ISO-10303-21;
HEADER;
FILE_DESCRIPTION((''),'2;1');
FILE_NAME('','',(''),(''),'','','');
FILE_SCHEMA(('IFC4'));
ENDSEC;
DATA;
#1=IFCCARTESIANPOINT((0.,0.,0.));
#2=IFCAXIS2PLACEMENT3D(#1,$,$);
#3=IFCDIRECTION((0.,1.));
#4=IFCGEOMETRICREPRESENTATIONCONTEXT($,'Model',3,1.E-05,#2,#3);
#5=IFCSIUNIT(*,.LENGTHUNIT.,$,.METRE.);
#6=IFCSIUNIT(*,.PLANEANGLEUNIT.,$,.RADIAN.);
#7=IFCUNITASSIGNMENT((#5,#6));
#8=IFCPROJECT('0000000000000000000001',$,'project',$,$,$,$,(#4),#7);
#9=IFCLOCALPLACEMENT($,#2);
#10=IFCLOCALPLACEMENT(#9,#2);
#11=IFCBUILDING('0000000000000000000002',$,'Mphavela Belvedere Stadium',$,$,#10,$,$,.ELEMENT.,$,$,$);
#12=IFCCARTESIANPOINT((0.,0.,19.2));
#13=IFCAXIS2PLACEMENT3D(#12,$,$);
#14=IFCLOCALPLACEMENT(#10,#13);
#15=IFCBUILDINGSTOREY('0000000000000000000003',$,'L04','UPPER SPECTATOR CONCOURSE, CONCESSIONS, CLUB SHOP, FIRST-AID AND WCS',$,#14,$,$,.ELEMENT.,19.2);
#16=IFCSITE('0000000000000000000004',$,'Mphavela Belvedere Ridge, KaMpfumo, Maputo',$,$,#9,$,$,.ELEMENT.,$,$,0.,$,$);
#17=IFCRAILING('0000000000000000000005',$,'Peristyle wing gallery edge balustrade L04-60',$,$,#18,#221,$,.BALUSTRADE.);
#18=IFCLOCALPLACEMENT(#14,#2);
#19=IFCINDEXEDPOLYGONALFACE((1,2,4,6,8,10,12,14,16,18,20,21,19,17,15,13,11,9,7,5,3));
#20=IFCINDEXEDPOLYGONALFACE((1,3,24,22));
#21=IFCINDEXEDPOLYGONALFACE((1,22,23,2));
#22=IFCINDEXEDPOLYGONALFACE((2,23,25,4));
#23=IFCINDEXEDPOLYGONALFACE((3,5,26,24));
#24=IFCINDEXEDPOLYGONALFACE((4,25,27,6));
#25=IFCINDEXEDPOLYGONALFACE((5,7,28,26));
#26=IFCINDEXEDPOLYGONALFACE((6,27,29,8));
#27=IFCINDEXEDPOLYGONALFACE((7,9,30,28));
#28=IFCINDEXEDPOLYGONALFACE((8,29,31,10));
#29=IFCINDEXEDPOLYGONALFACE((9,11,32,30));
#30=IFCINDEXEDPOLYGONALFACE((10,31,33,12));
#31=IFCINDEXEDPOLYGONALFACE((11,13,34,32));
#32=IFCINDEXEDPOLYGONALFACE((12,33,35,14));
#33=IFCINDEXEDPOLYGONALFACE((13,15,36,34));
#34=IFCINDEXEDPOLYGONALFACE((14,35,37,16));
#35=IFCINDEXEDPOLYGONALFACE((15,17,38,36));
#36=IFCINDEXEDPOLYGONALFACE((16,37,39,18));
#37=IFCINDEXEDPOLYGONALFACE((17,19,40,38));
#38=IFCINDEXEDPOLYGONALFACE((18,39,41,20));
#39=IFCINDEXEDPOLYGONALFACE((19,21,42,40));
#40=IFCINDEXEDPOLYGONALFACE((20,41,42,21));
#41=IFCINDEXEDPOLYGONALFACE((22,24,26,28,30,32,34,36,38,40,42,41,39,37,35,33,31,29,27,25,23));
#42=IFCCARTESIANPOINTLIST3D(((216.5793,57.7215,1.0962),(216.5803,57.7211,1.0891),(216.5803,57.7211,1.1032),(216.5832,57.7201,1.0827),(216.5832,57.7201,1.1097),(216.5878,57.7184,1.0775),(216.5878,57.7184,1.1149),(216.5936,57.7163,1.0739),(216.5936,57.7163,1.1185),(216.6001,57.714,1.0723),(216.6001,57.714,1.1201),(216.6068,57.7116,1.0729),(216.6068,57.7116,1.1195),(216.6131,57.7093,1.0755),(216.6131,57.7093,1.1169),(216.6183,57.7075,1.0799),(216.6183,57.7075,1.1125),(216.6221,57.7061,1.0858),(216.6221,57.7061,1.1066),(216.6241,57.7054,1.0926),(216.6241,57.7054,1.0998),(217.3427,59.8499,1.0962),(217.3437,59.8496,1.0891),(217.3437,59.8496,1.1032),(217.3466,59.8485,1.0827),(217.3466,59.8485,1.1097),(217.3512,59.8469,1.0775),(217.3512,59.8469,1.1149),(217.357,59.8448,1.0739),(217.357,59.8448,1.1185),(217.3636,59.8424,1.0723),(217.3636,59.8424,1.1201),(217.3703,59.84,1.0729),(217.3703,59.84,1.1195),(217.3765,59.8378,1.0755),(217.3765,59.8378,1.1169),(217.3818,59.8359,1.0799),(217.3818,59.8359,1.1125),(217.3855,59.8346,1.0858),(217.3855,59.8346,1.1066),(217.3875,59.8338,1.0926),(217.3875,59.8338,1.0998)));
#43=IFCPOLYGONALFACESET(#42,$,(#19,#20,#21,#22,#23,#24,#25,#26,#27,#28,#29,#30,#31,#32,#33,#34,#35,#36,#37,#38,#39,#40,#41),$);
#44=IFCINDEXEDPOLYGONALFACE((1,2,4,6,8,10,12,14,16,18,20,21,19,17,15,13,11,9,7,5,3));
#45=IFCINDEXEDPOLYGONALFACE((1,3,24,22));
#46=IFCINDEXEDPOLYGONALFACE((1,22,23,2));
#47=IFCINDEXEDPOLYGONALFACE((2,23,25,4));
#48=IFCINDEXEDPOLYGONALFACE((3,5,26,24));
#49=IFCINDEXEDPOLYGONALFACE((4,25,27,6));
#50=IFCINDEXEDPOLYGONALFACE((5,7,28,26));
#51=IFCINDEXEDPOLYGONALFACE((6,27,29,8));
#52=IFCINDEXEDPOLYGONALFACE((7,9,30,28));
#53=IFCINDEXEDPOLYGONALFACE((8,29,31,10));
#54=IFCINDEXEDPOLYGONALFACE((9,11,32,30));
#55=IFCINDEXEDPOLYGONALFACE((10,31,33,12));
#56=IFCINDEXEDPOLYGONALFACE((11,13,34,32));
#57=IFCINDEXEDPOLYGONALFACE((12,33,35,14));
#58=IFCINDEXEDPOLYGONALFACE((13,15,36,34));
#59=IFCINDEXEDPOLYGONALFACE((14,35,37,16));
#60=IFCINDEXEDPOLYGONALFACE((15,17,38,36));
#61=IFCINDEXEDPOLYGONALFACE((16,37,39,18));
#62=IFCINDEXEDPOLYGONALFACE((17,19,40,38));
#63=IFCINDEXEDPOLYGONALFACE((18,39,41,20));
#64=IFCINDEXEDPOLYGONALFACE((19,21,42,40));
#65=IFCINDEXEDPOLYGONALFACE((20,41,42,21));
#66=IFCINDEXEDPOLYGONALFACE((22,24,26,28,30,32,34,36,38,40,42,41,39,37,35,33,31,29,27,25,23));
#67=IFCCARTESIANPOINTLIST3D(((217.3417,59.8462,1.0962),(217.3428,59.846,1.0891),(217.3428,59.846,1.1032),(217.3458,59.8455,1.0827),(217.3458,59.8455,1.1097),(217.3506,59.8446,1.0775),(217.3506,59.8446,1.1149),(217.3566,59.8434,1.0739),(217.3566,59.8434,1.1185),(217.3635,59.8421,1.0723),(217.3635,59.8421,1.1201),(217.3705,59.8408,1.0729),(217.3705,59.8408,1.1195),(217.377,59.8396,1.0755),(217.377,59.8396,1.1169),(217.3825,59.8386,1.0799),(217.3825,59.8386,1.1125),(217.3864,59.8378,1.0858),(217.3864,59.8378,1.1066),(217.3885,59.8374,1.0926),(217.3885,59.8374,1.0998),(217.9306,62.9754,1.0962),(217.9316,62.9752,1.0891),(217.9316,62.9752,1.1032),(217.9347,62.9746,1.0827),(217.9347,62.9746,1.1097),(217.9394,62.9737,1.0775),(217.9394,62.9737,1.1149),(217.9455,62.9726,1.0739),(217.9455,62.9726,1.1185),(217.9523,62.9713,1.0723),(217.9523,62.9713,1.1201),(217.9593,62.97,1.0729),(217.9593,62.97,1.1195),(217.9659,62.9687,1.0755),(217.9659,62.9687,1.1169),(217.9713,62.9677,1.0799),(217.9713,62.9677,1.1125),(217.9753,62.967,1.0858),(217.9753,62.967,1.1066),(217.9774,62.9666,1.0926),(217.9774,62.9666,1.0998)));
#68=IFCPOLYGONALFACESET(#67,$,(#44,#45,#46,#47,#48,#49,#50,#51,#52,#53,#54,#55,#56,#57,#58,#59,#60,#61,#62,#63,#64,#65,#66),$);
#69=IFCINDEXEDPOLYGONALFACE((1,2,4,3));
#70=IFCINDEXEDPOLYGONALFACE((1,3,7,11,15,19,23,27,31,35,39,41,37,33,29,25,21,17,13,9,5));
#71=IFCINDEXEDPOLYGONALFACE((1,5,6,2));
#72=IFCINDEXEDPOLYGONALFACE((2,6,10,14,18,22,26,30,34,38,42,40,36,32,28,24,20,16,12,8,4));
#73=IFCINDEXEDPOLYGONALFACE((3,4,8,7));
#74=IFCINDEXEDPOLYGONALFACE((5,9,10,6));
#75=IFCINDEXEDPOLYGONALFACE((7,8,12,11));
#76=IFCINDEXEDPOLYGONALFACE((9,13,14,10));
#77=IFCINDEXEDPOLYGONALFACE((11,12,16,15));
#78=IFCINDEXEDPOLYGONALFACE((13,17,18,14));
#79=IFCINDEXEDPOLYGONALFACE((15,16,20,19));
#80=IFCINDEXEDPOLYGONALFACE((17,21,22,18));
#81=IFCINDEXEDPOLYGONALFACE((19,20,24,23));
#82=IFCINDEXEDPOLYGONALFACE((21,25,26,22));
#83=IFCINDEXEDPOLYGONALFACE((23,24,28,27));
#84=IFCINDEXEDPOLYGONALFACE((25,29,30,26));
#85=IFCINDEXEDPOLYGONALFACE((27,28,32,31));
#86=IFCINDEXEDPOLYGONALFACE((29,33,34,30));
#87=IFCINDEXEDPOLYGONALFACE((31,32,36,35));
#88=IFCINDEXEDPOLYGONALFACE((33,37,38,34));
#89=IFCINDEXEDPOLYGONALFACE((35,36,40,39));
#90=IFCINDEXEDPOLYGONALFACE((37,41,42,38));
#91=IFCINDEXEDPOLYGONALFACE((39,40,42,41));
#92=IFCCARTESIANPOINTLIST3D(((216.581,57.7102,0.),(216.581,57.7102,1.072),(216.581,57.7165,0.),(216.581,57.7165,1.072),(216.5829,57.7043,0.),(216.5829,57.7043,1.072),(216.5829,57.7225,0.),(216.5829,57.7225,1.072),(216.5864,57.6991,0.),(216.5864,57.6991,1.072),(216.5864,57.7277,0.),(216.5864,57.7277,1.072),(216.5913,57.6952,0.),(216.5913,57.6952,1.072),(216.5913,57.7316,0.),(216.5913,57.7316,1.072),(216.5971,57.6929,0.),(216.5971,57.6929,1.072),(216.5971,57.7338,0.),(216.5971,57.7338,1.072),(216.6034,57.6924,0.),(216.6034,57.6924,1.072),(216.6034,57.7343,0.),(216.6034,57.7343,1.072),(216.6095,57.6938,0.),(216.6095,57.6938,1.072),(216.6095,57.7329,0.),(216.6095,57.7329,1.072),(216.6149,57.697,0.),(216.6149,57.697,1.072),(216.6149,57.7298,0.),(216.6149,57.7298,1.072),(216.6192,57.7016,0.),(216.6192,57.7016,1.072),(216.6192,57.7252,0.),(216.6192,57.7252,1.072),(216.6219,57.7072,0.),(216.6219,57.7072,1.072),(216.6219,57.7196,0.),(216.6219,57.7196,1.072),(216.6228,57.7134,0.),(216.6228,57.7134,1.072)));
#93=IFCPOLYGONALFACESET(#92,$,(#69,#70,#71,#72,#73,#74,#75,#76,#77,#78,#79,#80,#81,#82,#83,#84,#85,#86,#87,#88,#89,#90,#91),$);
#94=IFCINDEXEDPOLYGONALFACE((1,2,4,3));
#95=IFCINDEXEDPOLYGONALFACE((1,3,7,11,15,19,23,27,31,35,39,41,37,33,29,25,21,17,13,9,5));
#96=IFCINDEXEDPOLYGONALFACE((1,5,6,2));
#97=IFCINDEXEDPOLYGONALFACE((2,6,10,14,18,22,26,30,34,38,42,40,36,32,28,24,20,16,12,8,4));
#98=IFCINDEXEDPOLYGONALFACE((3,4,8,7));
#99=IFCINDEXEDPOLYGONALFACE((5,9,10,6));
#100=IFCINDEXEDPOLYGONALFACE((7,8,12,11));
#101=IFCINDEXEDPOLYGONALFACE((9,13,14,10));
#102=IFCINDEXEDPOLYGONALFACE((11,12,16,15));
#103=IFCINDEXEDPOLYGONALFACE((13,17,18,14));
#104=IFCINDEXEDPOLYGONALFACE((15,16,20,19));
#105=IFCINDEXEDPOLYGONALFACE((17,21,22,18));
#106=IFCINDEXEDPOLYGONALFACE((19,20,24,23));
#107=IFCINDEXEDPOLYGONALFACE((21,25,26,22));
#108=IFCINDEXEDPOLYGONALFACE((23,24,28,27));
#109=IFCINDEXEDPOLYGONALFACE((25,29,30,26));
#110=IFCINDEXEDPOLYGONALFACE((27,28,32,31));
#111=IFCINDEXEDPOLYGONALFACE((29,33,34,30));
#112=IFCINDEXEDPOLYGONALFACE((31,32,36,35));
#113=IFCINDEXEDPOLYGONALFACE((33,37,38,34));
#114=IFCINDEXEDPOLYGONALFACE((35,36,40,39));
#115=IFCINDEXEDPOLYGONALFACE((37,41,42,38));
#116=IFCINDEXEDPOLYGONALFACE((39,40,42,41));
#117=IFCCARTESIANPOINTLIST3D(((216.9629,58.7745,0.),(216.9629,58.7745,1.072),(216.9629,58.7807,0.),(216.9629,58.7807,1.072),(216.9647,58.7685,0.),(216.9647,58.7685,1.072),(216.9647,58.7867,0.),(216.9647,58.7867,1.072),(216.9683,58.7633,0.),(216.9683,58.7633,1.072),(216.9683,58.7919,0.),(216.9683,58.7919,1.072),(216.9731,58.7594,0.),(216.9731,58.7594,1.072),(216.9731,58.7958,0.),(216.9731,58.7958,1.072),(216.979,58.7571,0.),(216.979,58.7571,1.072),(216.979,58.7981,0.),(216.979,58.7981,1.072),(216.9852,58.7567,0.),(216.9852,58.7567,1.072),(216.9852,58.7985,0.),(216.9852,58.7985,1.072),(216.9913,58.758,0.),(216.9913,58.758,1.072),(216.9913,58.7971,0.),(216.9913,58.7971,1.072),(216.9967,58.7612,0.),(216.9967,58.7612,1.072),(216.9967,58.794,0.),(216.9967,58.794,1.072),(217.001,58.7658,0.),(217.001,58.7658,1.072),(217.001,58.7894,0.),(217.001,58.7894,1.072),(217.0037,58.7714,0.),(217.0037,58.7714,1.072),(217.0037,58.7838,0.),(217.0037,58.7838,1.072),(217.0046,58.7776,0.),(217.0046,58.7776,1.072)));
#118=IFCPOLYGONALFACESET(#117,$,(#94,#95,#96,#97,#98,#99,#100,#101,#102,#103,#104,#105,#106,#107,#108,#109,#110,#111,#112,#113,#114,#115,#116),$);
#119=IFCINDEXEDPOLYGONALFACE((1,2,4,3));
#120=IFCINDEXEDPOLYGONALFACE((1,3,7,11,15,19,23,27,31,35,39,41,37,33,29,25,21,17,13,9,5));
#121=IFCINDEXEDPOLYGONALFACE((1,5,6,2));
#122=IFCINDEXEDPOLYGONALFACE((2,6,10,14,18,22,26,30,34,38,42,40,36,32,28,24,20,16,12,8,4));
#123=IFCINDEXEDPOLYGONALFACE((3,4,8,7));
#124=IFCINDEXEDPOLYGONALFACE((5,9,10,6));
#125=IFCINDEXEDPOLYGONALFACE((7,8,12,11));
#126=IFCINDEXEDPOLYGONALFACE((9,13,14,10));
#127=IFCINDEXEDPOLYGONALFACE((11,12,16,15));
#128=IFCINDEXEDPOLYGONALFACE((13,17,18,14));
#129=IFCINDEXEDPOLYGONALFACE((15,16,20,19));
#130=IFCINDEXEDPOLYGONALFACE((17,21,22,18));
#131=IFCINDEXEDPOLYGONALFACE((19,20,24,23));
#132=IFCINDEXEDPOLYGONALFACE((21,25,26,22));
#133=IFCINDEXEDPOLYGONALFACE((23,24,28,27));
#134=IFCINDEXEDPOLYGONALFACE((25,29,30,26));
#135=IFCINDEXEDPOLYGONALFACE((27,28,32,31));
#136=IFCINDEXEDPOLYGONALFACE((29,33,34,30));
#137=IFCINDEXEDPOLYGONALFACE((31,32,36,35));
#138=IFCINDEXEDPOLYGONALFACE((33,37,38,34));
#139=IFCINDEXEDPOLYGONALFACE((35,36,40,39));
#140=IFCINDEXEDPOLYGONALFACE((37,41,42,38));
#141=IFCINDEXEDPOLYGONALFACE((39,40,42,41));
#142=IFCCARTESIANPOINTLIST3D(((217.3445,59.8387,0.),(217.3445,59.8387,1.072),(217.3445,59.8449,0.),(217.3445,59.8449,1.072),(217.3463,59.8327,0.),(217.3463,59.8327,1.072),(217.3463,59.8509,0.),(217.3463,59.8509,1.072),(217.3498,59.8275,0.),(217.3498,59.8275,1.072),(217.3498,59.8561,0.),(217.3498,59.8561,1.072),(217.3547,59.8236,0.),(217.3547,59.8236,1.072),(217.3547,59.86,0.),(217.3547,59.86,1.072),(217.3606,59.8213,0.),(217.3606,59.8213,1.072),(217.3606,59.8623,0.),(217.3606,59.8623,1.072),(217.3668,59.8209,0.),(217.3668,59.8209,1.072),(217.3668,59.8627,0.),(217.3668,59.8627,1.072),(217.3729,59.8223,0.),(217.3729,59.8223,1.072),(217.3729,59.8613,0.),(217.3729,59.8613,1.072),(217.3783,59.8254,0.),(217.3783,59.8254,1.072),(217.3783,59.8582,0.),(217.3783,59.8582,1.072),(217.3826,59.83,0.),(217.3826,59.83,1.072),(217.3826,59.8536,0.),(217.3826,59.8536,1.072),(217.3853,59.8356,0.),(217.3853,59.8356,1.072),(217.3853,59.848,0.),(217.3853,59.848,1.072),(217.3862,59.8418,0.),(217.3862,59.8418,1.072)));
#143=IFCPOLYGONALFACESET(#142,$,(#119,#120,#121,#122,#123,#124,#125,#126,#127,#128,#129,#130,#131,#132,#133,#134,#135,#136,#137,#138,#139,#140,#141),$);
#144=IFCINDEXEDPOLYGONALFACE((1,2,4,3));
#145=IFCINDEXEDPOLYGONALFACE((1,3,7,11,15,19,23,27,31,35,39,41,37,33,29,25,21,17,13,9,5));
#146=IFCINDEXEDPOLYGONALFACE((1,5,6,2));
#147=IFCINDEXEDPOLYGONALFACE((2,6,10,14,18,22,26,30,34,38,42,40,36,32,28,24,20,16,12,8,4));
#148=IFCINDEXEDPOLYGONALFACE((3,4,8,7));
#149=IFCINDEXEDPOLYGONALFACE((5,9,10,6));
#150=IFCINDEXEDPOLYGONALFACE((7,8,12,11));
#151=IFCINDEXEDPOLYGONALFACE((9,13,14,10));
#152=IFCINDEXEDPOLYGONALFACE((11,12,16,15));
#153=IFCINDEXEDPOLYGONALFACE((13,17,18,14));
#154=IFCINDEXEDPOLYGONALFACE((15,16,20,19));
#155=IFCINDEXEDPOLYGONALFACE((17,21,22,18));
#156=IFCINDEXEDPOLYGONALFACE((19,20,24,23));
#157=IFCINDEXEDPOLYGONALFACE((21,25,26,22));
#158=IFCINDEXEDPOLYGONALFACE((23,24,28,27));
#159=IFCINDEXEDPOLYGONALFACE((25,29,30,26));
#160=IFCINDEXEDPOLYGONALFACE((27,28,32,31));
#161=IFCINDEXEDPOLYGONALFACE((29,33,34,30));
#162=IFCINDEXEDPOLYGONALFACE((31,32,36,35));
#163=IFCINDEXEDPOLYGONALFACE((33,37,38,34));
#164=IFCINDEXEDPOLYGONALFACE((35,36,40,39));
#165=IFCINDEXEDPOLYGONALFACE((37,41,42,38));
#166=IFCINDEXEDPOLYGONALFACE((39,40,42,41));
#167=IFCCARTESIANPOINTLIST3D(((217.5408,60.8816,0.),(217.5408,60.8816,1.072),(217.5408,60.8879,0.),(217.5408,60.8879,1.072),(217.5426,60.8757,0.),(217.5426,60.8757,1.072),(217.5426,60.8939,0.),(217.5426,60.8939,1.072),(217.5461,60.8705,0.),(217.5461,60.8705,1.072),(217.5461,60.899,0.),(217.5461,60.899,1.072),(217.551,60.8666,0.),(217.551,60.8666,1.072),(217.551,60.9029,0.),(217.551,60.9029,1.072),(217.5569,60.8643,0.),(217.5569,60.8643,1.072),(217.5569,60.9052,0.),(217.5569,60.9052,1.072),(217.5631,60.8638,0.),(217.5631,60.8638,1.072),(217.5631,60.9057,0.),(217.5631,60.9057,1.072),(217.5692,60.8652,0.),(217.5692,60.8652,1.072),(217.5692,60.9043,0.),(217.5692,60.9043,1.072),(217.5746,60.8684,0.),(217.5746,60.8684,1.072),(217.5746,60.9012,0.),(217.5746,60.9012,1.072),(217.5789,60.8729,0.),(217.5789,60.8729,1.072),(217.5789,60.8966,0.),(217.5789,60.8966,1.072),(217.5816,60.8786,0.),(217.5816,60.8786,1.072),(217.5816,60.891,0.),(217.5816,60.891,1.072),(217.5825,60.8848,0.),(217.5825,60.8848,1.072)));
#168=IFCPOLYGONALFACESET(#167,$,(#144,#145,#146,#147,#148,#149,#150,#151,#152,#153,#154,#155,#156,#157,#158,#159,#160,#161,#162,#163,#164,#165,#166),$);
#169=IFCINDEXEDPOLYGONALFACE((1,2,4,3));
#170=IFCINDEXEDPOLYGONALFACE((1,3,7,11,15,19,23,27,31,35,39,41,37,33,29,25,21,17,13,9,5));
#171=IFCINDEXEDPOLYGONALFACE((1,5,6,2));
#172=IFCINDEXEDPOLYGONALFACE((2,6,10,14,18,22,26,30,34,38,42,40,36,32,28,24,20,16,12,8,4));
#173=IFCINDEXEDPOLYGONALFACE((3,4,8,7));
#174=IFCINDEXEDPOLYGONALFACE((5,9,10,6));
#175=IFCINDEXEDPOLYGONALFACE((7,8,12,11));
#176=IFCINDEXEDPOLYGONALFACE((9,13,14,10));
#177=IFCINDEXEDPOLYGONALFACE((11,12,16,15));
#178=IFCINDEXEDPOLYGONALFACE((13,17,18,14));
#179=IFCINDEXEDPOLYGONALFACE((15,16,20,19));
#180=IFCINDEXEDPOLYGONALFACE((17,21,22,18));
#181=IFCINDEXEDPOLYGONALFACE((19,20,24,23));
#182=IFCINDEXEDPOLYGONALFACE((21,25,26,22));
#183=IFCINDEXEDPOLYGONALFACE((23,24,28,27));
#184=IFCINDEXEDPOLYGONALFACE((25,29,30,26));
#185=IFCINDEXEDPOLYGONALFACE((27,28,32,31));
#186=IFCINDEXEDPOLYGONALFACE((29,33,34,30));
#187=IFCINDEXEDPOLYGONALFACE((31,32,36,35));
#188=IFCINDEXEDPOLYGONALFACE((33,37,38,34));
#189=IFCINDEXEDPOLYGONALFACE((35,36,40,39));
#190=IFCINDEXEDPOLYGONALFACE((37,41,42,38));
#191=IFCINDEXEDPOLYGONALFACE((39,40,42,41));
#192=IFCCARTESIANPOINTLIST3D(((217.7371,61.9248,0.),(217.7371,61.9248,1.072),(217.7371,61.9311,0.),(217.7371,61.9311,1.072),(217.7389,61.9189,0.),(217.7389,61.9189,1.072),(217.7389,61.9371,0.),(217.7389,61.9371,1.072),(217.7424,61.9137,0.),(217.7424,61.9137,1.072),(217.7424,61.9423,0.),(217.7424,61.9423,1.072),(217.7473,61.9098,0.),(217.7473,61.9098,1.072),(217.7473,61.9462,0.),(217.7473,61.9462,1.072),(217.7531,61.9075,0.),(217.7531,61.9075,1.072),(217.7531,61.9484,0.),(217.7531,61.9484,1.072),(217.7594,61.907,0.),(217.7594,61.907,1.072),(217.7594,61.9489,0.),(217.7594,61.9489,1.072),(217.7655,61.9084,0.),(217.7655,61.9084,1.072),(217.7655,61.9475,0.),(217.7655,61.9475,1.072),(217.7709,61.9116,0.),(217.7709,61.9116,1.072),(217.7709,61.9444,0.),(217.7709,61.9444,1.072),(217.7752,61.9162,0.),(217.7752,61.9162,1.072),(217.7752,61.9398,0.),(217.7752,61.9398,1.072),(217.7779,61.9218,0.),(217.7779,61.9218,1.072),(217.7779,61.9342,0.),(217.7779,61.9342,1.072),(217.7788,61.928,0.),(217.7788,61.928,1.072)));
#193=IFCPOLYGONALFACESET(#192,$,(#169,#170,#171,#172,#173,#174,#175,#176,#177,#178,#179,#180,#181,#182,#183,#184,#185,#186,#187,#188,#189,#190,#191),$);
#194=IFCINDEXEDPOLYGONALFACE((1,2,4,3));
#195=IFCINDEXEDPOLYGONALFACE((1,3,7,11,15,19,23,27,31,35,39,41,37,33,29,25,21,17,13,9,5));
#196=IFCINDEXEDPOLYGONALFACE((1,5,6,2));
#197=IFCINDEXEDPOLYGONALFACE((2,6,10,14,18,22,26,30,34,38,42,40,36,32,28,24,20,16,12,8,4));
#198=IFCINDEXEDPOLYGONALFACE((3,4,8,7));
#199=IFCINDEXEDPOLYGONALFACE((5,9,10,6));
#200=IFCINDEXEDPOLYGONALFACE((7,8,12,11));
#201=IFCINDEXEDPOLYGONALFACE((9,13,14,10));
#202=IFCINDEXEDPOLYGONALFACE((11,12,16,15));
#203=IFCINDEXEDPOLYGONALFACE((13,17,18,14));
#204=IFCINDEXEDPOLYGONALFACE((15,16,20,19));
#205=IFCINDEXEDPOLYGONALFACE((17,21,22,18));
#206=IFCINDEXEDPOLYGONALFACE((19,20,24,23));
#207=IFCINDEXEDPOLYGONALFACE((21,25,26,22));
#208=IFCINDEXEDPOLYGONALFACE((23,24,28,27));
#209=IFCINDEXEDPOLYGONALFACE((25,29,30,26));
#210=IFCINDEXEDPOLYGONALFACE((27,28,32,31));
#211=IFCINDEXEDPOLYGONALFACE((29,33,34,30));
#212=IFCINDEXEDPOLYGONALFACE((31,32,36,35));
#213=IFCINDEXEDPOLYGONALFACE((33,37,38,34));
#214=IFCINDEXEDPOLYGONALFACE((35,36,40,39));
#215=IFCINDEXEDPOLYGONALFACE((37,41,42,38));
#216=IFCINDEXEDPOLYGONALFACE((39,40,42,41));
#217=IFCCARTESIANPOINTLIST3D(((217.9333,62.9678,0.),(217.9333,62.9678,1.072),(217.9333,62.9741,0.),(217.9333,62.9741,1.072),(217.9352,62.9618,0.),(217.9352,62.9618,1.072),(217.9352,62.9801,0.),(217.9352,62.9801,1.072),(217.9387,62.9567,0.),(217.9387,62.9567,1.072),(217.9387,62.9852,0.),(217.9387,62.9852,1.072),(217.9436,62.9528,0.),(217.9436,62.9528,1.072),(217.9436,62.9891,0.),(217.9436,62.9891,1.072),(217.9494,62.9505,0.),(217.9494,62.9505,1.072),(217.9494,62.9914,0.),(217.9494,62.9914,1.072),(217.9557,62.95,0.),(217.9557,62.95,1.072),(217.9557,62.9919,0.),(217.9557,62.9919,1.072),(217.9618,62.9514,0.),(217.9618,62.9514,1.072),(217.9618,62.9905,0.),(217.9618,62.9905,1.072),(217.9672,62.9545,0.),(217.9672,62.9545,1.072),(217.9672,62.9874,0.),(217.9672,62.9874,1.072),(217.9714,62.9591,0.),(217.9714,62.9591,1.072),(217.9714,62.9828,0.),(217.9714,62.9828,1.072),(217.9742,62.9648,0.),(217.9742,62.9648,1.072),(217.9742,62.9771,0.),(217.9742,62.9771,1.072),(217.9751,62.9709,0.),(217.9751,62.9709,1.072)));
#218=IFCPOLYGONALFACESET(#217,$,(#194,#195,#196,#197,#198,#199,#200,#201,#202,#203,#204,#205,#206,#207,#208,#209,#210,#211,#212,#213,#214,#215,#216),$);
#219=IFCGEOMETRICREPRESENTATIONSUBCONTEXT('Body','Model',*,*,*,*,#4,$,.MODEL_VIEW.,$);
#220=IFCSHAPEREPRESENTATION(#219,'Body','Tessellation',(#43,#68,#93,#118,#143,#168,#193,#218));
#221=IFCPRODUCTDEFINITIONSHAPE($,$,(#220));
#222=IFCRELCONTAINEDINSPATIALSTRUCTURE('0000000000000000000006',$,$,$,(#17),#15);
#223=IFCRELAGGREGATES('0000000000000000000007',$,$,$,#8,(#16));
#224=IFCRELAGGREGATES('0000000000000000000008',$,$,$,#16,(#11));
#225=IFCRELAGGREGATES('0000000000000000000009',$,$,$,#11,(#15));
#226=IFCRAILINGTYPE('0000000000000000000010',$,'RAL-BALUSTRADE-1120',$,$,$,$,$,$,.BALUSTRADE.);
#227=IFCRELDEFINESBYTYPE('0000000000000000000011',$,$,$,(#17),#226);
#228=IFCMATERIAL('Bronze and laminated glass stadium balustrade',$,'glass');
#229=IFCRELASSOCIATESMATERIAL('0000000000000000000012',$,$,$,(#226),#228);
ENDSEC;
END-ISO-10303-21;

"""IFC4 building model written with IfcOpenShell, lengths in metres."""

from ifc_helpers import new_model, si_unit, direction, frame, origin, origin_2d, place, context, subcontext, project, spatial, circle, extrude, material, type_object, element, save


model = new_model("IFC4")

# Units and contexts
model_context = context("Model", 3, precision=1e-05, world=origin(), true_north=direction((0.0, 1.0)))
body_context = subcontext(model_context, "Body", "Model", "MODEL_VIEW")
ifc_project = project(units=[si_unit("LENGTHUNIT", "METRE"), si_unit("PLANEANGLEUNIT", "RADIAN")], contexts=[model_context])

# Site, building, storey
site_placement = place(None, origin())
site = spatial("IfcSite", under=ifc_project, at=site_placement, Name="Mphavela Belvedere Ridge, KaMpfumo, Maputo", CompositionType="ELEMENT", RefElevation=0.0)
building_placement = place(site_placement, origin())
building = spatial("IfcBuilding", under=site, at=building_placement, Name="Mphavela Belvedere Stadium", CompositionType="ELEMENT")
storey_placement = place(building_placement, frame((0.0, 0.0, 19.2)))
storey = spatial("IfcBuildingStorey", under=building, at=storey_placement, Name="L04", Description="UPPER SPECTATOR CONCOURSE, CONCESSIONS, CLUB SHOP, FIRST-AID AND WCS", CompositionType="ELEMENT", Elevation=19.2)

# Railing
ifc_material_1 = material(Name="Bronze and laminated glass stadium balustrade", Category="glass")
railing_type = type_object("IfcRailingType", Name="RAL-BALUSTRADE-1120", PredefinedType="BALUSTRADE", material=ifc_material_1)
railing_1_placement = place(storey_placement, frame((216.6018, 57.7134, 0.0)))
element("IfcRailing", 1, at=railing_1_placement, inside=storey, type_object=railing_type, Name="Peristyle wing gallery edge balustrade L04-60", PredefinedType="BALUSTRADE", context=body_context, shape_type="SweptSolid", body=[
    extrude(circle(Radius=0.0239, at=origin_2d()), frame((0.0, 0.0, 1.0962), z_axis=(0.337622, 0.941282, 0.0), x_axis=(-0.941282, 0.337622, 0.0)), (0.0, 0.0, 1.0), 2.2612),
    extrude(circle(Radius=0.0239, at=origin_2d()), frame((0.7634, 2.1284, 1.0962), z_axis=(0.184941, 0.98275, 0.0), x_axis=(-0.98275, 0.184941, 0.0)), (0.0, 0.0, 1.0), 3.1841),
    extrude(circle(Radius=0.021, at=origin_2d()), origin(), (0.0, 0.0, 1.0), 1.072),
    extrude(circle(Radius=0.021, at=origin_2d()), frame((0.3818, 1.0642, 0.0)), (0.0, 0.0, 1.0), 1.072),
    extrude(circle(Radius=0.021, at=origin_2d()), frame((0.7634, 2.1284, 0.0)), (0.0, 0.0, 1.0), 1.072),
    extrude(circle(Radius=0.021, at=origin_2d()), frame((0.9597, 3.1714, 0.0)), (0.0, 0.0, 1.0), 1.072),
    extrude(circle(Radius=0.021, at=origin_2d()), frame((1.156, 4.2146, 0.0)), (0.0, 0.0, 1.0), 1.072),
    extrude(circle(Radius=0.021, at=origin_2d()), frame((1.3523, 5.2576, 0.0)), (0.0, 0.0, 1.0), 1.072),
])

save(model, "model.ifc")
